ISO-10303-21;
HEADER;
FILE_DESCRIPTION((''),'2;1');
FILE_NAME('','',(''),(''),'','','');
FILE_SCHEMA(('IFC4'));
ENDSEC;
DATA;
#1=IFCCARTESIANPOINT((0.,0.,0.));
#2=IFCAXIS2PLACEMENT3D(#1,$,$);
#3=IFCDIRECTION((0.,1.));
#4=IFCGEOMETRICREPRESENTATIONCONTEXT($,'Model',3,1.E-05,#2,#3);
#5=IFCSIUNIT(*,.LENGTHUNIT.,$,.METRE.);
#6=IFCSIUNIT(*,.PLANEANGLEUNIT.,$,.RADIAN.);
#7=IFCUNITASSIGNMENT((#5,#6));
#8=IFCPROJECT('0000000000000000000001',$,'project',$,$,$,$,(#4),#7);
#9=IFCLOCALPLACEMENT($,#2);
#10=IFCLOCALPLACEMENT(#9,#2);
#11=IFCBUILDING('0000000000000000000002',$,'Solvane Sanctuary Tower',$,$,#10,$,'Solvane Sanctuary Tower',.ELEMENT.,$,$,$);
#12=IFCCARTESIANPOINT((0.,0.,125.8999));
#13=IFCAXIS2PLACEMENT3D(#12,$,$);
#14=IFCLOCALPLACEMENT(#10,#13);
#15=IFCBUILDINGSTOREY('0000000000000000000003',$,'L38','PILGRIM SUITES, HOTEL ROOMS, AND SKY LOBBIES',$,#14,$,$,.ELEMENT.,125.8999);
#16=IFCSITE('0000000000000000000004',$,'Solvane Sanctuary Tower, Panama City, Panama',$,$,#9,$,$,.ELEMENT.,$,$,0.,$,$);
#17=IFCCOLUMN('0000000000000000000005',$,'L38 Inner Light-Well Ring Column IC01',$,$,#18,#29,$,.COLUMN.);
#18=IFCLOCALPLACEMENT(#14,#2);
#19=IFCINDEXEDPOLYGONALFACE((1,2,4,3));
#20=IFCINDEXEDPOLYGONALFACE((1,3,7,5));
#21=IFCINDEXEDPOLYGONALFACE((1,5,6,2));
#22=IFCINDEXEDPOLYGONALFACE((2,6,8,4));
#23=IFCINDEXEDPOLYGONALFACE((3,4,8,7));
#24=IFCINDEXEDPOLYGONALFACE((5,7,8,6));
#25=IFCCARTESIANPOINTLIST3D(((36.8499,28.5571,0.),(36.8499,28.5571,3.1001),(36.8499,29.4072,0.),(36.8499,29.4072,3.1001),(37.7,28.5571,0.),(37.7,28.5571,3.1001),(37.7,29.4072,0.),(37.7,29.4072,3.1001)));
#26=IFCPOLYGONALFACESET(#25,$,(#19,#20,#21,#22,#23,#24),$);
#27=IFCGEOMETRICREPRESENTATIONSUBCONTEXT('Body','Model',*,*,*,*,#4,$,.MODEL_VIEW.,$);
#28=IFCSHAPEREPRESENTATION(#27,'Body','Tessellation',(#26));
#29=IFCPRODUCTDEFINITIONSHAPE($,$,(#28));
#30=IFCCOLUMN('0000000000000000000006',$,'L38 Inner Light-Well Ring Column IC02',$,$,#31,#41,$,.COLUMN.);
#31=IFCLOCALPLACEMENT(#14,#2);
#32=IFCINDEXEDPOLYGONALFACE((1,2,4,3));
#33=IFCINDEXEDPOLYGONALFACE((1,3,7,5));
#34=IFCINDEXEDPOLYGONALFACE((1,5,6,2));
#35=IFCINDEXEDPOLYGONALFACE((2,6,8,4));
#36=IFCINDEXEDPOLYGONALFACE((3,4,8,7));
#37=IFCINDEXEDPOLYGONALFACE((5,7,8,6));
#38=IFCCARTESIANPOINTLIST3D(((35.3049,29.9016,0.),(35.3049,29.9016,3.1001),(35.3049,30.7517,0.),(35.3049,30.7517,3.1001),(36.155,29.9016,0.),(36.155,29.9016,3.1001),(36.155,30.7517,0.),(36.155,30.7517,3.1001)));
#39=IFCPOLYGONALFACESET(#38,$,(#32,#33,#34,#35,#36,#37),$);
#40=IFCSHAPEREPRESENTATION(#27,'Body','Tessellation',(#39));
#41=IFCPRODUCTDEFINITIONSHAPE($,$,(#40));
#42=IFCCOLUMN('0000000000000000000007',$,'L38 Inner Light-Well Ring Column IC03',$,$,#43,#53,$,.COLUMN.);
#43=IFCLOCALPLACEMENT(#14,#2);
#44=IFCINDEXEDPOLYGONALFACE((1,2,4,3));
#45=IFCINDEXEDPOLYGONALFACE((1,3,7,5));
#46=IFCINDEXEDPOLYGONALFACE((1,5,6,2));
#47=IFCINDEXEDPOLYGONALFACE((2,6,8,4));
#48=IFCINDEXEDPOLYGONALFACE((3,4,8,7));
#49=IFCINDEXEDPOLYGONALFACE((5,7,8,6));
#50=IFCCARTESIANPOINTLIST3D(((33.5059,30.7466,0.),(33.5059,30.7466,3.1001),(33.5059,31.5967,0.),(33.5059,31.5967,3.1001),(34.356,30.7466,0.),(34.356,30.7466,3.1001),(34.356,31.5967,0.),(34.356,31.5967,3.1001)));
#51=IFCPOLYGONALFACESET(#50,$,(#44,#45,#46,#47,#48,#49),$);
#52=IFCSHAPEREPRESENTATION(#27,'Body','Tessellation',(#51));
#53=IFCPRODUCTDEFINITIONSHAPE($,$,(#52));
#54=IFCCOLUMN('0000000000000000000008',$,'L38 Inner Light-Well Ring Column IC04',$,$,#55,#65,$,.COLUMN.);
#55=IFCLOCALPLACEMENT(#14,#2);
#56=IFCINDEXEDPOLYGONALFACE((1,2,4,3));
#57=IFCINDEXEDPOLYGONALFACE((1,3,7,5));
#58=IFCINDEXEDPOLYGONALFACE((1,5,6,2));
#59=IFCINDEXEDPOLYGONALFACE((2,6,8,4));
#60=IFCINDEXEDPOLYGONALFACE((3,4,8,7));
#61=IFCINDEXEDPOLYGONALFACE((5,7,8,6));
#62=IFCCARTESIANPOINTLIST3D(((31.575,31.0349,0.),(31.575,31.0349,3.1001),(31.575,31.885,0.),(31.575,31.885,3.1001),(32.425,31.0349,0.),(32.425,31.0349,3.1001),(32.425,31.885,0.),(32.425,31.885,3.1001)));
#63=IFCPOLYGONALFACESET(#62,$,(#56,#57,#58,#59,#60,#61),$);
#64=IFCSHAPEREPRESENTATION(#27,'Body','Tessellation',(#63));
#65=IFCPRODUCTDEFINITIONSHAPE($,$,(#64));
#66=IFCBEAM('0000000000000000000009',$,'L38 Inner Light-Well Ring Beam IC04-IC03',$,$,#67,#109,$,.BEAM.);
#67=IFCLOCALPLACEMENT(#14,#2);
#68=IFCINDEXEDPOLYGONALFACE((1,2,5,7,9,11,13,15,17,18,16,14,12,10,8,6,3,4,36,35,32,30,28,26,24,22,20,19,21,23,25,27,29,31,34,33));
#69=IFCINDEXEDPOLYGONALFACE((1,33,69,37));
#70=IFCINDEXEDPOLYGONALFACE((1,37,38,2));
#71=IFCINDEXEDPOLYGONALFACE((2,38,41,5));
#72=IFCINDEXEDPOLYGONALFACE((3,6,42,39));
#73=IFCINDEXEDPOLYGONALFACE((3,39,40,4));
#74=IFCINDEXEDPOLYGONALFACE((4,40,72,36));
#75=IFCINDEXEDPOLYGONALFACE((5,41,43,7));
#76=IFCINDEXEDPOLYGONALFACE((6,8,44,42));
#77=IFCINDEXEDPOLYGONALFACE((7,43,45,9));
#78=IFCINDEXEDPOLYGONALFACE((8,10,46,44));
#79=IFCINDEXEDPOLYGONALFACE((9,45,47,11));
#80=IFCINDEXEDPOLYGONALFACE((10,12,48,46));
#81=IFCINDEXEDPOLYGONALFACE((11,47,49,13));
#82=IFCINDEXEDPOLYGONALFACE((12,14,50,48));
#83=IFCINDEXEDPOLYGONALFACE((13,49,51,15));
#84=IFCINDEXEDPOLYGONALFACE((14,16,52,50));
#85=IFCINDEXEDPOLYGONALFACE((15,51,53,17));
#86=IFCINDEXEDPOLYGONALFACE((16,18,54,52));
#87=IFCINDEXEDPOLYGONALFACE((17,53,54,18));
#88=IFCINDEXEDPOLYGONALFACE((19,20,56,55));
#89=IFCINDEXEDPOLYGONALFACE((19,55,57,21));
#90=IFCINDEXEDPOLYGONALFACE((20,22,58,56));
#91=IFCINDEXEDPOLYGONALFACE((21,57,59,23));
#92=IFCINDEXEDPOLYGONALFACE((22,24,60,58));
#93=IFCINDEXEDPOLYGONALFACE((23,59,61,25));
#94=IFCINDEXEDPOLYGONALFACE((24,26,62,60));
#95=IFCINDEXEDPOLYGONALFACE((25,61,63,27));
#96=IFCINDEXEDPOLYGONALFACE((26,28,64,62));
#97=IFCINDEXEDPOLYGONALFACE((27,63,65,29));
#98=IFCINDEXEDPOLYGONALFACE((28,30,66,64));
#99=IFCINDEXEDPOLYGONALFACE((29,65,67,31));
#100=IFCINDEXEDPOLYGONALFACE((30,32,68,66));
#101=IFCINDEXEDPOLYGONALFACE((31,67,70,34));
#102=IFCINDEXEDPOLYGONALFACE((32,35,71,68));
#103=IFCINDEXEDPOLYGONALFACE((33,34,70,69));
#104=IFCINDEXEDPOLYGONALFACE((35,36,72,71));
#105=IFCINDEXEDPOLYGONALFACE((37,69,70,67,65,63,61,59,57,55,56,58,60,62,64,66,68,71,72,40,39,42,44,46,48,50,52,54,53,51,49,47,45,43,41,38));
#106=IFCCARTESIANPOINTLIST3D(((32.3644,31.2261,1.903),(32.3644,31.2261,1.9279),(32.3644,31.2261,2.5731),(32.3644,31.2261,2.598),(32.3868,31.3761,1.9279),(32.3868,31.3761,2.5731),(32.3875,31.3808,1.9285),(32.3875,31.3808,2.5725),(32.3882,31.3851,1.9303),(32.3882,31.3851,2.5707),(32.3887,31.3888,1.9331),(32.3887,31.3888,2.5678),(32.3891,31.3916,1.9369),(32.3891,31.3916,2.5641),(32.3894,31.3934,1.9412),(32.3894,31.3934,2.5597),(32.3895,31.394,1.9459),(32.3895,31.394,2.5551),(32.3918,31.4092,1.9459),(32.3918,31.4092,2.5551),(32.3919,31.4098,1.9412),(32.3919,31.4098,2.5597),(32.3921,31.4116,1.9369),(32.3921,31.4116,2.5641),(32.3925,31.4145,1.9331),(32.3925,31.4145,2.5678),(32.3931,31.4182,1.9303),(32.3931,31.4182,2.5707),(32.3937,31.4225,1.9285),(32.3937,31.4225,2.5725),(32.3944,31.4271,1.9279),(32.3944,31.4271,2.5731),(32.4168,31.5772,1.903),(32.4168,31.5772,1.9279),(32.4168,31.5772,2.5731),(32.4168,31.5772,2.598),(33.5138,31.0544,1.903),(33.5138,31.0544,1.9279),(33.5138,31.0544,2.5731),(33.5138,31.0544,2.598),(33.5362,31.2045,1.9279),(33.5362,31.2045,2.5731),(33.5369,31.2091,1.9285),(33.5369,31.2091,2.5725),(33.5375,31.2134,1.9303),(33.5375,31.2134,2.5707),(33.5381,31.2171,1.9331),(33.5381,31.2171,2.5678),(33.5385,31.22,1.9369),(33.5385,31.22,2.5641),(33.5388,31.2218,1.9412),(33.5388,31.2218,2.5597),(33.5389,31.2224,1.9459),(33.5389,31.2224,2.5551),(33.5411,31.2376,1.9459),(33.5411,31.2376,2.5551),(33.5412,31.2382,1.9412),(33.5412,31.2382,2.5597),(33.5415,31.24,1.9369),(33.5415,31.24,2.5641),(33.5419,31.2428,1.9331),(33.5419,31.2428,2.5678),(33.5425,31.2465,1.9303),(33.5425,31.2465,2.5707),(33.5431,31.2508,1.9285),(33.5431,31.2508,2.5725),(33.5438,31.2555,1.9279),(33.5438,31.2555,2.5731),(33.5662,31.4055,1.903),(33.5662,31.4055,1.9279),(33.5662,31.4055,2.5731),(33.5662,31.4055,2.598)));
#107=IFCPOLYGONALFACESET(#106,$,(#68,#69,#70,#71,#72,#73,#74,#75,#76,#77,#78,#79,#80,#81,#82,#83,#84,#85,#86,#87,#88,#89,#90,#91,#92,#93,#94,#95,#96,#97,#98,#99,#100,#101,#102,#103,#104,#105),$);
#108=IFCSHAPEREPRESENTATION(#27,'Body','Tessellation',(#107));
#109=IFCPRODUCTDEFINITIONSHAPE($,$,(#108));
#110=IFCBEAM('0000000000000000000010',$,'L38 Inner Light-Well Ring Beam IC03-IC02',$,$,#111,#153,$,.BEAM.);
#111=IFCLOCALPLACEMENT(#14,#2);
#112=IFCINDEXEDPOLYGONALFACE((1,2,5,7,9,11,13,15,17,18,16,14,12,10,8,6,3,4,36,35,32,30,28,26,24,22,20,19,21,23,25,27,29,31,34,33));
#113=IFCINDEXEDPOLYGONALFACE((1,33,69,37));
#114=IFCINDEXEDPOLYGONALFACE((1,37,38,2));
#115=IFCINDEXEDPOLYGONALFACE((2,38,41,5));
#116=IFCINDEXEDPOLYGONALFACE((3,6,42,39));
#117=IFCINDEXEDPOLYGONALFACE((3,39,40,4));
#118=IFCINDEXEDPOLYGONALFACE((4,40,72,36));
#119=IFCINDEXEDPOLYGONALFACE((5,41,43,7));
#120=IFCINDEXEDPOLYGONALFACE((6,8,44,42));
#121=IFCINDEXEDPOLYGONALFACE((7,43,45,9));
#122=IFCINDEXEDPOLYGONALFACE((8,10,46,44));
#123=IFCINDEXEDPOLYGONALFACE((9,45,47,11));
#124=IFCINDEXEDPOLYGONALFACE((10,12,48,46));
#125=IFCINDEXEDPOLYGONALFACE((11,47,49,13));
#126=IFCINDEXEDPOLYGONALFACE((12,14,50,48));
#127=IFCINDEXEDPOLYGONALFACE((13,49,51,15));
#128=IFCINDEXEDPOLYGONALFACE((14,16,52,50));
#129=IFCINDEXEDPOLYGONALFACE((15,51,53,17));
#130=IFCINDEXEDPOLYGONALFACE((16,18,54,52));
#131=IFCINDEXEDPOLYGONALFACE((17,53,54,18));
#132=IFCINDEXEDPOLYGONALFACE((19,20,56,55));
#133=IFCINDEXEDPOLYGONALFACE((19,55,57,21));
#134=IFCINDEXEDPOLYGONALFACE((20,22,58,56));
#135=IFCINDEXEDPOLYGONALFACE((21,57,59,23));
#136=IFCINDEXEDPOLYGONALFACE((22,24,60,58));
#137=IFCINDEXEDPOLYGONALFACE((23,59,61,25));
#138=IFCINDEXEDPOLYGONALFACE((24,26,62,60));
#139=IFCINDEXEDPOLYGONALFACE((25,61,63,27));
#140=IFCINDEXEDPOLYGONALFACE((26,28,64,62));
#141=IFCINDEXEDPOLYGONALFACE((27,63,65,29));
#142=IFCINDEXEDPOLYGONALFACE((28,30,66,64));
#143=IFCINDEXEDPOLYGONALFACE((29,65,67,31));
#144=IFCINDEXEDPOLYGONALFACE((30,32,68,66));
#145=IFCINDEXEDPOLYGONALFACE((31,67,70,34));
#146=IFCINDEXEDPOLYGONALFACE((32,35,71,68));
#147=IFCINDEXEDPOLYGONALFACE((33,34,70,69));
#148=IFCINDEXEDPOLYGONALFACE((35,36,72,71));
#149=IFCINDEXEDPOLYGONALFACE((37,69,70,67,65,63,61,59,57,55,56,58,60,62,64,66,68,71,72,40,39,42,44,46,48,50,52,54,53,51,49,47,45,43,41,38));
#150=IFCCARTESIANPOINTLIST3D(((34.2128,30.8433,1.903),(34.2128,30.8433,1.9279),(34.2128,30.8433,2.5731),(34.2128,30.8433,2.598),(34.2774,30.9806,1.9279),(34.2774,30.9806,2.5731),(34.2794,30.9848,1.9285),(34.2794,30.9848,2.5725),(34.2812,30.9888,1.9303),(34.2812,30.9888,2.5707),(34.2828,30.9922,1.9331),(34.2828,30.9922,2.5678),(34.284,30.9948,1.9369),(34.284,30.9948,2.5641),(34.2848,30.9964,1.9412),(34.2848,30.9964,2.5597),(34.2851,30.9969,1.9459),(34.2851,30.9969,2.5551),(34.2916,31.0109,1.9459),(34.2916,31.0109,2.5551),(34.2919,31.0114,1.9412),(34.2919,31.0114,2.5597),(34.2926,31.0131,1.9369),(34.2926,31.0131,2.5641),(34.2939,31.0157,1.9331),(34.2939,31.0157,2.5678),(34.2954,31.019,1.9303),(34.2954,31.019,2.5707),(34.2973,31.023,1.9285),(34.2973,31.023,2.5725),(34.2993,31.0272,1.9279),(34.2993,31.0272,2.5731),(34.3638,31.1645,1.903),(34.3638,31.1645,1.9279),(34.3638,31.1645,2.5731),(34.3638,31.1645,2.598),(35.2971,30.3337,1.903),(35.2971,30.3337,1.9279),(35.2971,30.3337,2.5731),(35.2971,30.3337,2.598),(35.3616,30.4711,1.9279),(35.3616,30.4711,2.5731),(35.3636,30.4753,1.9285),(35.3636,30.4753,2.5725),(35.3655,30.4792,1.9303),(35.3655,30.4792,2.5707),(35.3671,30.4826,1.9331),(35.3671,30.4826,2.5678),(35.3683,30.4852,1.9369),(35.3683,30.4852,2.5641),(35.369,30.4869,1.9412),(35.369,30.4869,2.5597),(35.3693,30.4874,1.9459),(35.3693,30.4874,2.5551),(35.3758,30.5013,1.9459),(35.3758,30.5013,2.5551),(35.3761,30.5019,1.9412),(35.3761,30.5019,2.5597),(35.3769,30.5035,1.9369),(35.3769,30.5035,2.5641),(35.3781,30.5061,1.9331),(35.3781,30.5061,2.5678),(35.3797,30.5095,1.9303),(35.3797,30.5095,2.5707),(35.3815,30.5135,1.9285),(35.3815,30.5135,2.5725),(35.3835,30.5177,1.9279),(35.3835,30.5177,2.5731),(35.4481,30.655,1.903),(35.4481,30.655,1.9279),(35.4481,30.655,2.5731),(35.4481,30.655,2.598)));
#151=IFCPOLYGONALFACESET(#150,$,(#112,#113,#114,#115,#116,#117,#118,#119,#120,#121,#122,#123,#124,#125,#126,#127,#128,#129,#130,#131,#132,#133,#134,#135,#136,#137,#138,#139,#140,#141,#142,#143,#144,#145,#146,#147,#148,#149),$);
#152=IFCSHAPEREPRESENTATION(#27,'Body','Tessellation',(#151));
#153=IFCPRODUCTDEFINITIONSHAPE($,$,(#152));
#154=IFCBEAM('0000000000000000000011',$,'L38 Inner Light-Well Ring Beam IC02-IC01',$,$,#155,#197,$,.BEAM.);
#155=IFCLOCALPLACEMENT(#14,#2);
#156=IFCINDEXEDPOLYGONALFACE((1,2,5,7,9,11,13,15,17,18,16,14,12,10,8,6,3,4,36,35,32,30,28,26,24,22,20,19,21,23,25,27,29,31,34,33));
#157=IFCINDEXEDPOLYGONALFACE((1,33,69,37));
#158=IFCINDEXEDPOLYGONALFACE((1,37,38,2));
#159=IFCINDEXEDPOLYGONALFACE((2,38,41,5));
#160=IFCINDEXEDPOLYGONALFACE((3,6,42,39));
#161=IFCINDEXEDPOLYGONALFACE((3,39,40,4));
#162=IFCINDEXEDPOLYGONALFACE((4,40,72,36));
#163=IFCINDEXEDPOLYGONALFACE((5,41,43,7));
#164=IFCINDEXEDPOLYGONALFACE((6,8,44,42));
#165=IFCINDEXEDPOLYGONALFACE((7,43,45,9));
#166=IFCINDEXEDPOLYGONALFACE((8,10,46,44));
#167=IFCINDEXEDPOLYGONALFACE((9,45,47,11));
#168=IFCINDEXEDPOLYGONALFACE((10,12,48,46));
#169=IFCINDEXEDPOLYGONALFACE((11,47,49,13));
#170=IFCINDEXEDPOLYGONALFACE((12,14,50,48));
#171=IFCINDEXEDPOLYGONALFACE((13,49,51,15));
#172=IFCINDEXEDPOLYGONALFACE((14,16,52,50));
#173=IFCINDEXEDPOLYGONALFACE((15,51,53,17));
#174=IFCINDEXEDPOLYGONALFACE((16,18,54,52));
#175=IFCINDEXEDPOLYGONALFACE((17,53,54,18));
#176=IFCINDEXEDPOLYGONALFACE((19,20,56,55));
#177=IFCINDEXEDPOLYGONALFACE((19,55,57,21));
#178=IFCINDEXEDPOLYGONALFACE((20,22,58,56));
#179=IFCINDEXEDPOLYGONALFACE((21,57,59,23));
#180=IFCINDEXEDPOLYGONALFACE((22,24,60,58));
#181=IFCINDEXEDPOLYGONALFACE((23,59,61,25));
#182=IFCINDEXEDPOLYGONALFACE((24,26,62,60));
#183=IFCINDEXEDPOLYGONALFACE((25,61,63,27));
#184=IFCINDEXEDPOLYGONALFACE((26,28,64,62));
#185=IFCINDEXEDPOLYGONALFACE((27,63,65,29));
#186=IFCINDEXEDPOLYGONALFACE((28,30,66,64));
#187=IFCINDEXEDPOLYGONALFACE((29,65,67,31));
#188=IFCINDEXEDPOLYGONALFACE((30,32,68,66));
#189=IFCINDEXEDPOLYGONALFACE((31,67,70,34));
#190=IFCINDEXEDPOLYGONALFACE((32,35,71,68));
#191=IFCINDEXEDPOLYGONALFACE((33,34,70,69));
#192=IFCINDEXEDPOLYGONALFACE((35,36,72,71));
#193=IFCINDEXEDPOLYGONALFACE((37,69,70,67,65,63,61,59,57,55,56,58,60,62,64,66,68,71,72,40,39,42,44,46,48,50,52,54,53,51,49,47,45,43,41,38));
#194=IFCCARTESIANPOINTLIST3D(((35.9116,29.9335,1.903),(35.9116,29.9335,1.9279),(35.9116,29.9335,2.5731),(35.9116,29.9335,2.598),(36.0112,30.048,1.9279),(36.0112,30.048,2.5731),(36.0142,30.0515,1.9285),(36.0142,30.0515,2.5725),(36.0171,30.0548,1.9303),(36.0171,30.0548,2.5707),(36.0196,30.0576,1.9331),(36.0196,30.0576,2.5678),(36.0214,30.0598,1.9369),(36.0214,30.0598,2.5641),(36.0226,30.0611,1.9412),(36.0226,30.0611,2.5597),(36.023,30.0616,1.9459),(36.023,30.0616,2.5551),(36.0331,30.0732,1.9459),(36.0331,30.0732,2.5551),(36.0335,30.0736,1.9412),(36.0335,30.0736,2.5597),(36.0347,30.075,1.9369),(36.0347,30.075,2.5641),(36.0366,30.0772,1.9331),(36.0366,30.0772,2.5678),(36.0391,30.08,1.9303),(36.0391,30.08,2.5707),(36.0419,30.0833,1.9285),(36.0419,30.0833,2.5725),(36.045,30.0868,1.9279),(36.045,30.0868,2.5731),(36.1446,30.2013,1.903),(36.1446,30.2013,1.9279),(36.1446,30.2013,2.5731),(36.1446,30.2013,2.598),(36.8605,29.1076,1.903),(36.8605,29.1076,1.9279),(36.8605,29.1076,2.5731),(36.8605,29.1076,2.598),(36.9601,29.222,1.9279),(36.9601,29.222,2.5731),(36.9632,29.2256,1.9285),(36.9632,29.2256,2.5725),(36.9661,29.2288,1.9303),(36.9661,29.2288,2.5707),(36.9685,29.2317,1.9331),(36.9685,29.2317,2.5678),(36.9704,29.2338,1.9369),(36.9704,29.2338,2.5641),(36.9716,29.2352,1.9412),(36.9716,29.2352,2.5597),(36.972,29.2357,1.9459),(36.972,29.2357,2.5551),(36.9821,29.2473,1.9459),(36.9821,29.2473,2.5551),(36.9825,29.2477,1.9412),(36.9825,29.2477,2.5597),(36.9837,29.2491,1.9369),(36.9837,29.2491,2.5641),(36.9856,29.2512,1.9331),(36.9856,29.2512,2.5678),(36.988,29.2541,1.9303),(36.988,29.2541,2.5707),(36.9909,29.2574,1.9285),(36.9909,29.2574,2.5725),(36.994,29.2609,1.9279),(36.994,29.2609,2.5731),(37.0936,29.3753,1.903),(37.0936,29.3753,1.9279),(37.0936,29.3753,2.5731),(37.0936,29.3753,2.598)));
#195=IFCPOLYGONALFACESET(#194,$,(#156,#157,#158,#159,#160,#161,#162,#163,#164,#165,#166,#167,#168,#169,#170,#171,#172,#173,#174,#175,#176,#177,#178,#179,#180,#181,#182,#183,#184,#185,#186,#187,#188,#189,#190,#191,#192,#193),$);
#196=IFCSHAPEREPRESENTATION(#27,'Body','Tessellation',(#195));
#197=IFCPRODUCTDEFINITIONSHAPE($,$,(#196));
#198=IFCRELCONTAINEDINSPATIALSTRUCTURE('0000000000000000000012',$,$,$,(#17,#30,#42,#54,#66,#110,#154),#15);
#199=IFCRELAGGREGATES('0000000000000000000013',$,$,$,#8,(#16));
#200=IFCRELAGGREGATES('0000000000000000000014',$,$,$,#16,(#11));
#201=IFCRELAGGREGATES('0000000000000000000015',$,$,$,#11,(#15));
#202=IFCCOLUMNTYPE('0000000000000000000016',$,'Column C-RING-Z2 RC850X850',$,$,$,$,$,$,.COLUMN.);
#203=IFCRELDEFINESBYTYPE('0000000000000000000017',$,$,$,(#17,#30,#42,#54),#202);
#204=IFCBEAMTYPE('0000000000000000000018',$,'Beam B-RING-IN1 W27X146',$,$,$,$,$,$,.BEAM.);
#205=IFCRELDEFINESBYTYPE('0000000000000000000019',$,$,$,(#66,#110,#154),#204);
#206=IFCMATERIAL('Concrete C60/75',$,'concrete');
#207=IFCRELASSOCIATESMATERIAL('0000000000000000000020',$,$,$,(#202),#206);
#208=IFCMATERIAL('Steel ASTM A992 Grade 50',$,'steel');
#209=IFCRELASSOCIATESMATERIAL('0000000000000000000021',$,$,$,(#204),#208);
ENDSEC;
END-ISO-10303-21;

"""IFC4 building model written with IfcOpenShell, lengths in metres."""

from ifc_helpers import new_model, si_unit, direction, frame, origin, origin_2d, place, context, subcontext, project, spatial, rectangle, i_section, extrude, material, material_profile, profile_set, type_object, element, save


model = new_model("IFC4")

# Units and contexts
model_context = context("Model", 3, precision=1e-05, world=origin(), true_north=direction((0.0, 1.0)))
body_context = subcontext(model_context, "Body", "Model", "MODEL_VIEW")
ifc_project = project(units=[si_unit("LENGTHUNIT", "METRE"), si_unit("PLANEANGLEUNIT", "RADIAN")], contexts=[model_context])

# Site, building, storey
site_placement = place(None, origin())
site = spatial("IfcSite", under=ifc_project, at=site_placement, Name="Solvane Sanctuary Tower, Panama City, Panama", CompositionType="ELEMENT", RefElevation=0.0)
building_placement = place(site_placement, origin())
building = spatial("IfcBuilding", under=site, at=building_placement, Name="Solvane Sanctuary Tower", LongName="Solvane Sanctuary Tower", CompositionType="ELEMENT")
storey_placement = place(building_placement, frame((0.0, 0.0, 125.8999)))
storey = spatial("IfcBuildingStorey", under=building, at=storey_placement, Name="L38", Description="PILGRIM SUITES, HOTEL ROOMS, AND SKY LOBBIES", CompositionType="ELEMENT", Elevation=125.8999)

# Columns
ifc_material_1 = material(Name="Concrete C60/75", Category="concrete")
ifc_material_profile_1 = material_profile(ifc_material_1, rectangle(XDim=0.8501, YDim=0.8501, at=origin_2d()), Name="RC850X850")
ifc_profile_set_1 = profile_set([ifc_material_profile_1], Name="Concrete C60/75")
column_type = type_object("IfcColumnType", Name="Column C-RING-Z2 RC850X850", PredefinedType="COLUMN", material=ifc_profile_set_1)
for number, where, z_axis, x_axis, name in (
    (1, (37.2749, 28.9822, 0.0), (0.0, 0.0, 1.0), (1.0, 0.0, 0.0), "L38 Inner Light-Well Ring Column IC01"),
    (2, (35.73, 30.3267, 0.0), (0.0, 0.0, 1.0), (1.0, 0.0, 0.0), "L38 Inner Light-Well Ring Column IC02"),
    (3, (33.9309, 31.1716, 0.0), (0.0, 0.0, 1.0), (1.0, 0.0, 0.0), "L38 Inner Light-Well Ring Column IC03"),
    (4, (32.0, 31.46, 0.0), (0.0, 0.0, 1.0), (1.0, 0.0, 0.0), "L38 Inner Light-Well Ring Column IC04"),
):
    element("IfcColumn", number, at=place(storey_placement, frame(where, z_axis=z_axis, x_axis=x_axis)), inside=storey, type_object=column_type, Name=name, PredefinedType="COLUMN", context=body_context, shape_type="SweptSolid", body=[
        extrude(rectangle(XDim=0.8501, YDim=0.8501, at=origin_2d()), origin(), (0.0, 0.0, 1.0), 3.1001),
    ])

# Beams
ifc_material_2 = material(Name="Steel ASTM A992 Grade 50", Category="steel")
ifc_material_profile_2 = material_profile(ifc_material_2, i_section(OverallWidth=0.355, OverallDepth=0.6951, WebThickness=0.0154, FlangeThickness=0.0249, FilletRadius=0.0181, at=origin_2d()), Name="W27X146")
ifc_profile_set_2 = profile_set([ifc_material_profile_2], Name="Steel ASTM A992 Grade 50")
beam_type_1 = type_object("IfcBeamType", Name="Beam B-RING-IN1 W27X146", PredefinedType="BEAM", material=ifc_profile_set_2)
beam_1_placement = place(storey_placement, frame((32.3906, 31.4016, 2.2505), z_axis=(0.989035, -0.147683, 0.0), x_axis=(0.147683, 0.989035, 0.0)))
element("IfcBeam", 5, at=beam_1_placement, inside=storey, type_object=beam_type_1, Name="L38 Inner Light-Well Ring Beam IC04-IC03", PredefinedType="BEAM", context=body_context, shape_type="SweptSolid", body=[
    extrude(i_section(OverallWidth=0.355, OverallDepth=0.6951, WebThickness=0.0154, FlangeThickness=0.0249, FilletRadius=0.0181, at=origin_2d()), origin(), (0.0, 0.0, 1.0), 1.1621),
])
beam_2_placement = place(storey_placement, frame((34.2883, 31.0039, 2.2505), z_axis=(0.905045, -0.425316, 0.0), x_axis=(0.425316, 0.905045, 0.0)))
element("IfcBeam", 6, at=beam_2_placement, inside=storey, type_object=beam_type_1, Name="L38 Inner Light-Well Ring Beam IC03-IC02", PredefinedType="BEAM", context=body_context, shape_type="SweptSolid", body=[
    extrude(i_section(OverallWidth=0.355, OverallDepth=0.6951, WebThickness=0.0154, FlangeThickness=0.0249, FilletRadius=0.0181, at=origin_2d()), origin(), (0.0, 0.0, 1.0), 1.198),
])
beam_3_placement = place(storey_placement, frame((36.0281, 30.0674, 2.2505), z_axis=(0.754317, -0.65651, 0.0), x_axis=(0.65651, 0.754317, 0.0)))
element("IfcBeam", 7, at=beam_3_placement, inside=storey, type_object=beam_type_1, Name="L38 Inner Light-Well Ring Beam IC02-IC01", PredefinedType="BEAM", context=body_context, shape_type="SweptSolid", body=[
    extrude(i_section(OverallWidth=0.355, OverallDepth=0.6951, WebThickness=0.0154, FlangeThickness=0.0249, FilletRadius=0.0181, at=origin_2d()), origin(), (0.0, 0.0, 1.0), 1.2581),
])

save(model, "model.ifc")
